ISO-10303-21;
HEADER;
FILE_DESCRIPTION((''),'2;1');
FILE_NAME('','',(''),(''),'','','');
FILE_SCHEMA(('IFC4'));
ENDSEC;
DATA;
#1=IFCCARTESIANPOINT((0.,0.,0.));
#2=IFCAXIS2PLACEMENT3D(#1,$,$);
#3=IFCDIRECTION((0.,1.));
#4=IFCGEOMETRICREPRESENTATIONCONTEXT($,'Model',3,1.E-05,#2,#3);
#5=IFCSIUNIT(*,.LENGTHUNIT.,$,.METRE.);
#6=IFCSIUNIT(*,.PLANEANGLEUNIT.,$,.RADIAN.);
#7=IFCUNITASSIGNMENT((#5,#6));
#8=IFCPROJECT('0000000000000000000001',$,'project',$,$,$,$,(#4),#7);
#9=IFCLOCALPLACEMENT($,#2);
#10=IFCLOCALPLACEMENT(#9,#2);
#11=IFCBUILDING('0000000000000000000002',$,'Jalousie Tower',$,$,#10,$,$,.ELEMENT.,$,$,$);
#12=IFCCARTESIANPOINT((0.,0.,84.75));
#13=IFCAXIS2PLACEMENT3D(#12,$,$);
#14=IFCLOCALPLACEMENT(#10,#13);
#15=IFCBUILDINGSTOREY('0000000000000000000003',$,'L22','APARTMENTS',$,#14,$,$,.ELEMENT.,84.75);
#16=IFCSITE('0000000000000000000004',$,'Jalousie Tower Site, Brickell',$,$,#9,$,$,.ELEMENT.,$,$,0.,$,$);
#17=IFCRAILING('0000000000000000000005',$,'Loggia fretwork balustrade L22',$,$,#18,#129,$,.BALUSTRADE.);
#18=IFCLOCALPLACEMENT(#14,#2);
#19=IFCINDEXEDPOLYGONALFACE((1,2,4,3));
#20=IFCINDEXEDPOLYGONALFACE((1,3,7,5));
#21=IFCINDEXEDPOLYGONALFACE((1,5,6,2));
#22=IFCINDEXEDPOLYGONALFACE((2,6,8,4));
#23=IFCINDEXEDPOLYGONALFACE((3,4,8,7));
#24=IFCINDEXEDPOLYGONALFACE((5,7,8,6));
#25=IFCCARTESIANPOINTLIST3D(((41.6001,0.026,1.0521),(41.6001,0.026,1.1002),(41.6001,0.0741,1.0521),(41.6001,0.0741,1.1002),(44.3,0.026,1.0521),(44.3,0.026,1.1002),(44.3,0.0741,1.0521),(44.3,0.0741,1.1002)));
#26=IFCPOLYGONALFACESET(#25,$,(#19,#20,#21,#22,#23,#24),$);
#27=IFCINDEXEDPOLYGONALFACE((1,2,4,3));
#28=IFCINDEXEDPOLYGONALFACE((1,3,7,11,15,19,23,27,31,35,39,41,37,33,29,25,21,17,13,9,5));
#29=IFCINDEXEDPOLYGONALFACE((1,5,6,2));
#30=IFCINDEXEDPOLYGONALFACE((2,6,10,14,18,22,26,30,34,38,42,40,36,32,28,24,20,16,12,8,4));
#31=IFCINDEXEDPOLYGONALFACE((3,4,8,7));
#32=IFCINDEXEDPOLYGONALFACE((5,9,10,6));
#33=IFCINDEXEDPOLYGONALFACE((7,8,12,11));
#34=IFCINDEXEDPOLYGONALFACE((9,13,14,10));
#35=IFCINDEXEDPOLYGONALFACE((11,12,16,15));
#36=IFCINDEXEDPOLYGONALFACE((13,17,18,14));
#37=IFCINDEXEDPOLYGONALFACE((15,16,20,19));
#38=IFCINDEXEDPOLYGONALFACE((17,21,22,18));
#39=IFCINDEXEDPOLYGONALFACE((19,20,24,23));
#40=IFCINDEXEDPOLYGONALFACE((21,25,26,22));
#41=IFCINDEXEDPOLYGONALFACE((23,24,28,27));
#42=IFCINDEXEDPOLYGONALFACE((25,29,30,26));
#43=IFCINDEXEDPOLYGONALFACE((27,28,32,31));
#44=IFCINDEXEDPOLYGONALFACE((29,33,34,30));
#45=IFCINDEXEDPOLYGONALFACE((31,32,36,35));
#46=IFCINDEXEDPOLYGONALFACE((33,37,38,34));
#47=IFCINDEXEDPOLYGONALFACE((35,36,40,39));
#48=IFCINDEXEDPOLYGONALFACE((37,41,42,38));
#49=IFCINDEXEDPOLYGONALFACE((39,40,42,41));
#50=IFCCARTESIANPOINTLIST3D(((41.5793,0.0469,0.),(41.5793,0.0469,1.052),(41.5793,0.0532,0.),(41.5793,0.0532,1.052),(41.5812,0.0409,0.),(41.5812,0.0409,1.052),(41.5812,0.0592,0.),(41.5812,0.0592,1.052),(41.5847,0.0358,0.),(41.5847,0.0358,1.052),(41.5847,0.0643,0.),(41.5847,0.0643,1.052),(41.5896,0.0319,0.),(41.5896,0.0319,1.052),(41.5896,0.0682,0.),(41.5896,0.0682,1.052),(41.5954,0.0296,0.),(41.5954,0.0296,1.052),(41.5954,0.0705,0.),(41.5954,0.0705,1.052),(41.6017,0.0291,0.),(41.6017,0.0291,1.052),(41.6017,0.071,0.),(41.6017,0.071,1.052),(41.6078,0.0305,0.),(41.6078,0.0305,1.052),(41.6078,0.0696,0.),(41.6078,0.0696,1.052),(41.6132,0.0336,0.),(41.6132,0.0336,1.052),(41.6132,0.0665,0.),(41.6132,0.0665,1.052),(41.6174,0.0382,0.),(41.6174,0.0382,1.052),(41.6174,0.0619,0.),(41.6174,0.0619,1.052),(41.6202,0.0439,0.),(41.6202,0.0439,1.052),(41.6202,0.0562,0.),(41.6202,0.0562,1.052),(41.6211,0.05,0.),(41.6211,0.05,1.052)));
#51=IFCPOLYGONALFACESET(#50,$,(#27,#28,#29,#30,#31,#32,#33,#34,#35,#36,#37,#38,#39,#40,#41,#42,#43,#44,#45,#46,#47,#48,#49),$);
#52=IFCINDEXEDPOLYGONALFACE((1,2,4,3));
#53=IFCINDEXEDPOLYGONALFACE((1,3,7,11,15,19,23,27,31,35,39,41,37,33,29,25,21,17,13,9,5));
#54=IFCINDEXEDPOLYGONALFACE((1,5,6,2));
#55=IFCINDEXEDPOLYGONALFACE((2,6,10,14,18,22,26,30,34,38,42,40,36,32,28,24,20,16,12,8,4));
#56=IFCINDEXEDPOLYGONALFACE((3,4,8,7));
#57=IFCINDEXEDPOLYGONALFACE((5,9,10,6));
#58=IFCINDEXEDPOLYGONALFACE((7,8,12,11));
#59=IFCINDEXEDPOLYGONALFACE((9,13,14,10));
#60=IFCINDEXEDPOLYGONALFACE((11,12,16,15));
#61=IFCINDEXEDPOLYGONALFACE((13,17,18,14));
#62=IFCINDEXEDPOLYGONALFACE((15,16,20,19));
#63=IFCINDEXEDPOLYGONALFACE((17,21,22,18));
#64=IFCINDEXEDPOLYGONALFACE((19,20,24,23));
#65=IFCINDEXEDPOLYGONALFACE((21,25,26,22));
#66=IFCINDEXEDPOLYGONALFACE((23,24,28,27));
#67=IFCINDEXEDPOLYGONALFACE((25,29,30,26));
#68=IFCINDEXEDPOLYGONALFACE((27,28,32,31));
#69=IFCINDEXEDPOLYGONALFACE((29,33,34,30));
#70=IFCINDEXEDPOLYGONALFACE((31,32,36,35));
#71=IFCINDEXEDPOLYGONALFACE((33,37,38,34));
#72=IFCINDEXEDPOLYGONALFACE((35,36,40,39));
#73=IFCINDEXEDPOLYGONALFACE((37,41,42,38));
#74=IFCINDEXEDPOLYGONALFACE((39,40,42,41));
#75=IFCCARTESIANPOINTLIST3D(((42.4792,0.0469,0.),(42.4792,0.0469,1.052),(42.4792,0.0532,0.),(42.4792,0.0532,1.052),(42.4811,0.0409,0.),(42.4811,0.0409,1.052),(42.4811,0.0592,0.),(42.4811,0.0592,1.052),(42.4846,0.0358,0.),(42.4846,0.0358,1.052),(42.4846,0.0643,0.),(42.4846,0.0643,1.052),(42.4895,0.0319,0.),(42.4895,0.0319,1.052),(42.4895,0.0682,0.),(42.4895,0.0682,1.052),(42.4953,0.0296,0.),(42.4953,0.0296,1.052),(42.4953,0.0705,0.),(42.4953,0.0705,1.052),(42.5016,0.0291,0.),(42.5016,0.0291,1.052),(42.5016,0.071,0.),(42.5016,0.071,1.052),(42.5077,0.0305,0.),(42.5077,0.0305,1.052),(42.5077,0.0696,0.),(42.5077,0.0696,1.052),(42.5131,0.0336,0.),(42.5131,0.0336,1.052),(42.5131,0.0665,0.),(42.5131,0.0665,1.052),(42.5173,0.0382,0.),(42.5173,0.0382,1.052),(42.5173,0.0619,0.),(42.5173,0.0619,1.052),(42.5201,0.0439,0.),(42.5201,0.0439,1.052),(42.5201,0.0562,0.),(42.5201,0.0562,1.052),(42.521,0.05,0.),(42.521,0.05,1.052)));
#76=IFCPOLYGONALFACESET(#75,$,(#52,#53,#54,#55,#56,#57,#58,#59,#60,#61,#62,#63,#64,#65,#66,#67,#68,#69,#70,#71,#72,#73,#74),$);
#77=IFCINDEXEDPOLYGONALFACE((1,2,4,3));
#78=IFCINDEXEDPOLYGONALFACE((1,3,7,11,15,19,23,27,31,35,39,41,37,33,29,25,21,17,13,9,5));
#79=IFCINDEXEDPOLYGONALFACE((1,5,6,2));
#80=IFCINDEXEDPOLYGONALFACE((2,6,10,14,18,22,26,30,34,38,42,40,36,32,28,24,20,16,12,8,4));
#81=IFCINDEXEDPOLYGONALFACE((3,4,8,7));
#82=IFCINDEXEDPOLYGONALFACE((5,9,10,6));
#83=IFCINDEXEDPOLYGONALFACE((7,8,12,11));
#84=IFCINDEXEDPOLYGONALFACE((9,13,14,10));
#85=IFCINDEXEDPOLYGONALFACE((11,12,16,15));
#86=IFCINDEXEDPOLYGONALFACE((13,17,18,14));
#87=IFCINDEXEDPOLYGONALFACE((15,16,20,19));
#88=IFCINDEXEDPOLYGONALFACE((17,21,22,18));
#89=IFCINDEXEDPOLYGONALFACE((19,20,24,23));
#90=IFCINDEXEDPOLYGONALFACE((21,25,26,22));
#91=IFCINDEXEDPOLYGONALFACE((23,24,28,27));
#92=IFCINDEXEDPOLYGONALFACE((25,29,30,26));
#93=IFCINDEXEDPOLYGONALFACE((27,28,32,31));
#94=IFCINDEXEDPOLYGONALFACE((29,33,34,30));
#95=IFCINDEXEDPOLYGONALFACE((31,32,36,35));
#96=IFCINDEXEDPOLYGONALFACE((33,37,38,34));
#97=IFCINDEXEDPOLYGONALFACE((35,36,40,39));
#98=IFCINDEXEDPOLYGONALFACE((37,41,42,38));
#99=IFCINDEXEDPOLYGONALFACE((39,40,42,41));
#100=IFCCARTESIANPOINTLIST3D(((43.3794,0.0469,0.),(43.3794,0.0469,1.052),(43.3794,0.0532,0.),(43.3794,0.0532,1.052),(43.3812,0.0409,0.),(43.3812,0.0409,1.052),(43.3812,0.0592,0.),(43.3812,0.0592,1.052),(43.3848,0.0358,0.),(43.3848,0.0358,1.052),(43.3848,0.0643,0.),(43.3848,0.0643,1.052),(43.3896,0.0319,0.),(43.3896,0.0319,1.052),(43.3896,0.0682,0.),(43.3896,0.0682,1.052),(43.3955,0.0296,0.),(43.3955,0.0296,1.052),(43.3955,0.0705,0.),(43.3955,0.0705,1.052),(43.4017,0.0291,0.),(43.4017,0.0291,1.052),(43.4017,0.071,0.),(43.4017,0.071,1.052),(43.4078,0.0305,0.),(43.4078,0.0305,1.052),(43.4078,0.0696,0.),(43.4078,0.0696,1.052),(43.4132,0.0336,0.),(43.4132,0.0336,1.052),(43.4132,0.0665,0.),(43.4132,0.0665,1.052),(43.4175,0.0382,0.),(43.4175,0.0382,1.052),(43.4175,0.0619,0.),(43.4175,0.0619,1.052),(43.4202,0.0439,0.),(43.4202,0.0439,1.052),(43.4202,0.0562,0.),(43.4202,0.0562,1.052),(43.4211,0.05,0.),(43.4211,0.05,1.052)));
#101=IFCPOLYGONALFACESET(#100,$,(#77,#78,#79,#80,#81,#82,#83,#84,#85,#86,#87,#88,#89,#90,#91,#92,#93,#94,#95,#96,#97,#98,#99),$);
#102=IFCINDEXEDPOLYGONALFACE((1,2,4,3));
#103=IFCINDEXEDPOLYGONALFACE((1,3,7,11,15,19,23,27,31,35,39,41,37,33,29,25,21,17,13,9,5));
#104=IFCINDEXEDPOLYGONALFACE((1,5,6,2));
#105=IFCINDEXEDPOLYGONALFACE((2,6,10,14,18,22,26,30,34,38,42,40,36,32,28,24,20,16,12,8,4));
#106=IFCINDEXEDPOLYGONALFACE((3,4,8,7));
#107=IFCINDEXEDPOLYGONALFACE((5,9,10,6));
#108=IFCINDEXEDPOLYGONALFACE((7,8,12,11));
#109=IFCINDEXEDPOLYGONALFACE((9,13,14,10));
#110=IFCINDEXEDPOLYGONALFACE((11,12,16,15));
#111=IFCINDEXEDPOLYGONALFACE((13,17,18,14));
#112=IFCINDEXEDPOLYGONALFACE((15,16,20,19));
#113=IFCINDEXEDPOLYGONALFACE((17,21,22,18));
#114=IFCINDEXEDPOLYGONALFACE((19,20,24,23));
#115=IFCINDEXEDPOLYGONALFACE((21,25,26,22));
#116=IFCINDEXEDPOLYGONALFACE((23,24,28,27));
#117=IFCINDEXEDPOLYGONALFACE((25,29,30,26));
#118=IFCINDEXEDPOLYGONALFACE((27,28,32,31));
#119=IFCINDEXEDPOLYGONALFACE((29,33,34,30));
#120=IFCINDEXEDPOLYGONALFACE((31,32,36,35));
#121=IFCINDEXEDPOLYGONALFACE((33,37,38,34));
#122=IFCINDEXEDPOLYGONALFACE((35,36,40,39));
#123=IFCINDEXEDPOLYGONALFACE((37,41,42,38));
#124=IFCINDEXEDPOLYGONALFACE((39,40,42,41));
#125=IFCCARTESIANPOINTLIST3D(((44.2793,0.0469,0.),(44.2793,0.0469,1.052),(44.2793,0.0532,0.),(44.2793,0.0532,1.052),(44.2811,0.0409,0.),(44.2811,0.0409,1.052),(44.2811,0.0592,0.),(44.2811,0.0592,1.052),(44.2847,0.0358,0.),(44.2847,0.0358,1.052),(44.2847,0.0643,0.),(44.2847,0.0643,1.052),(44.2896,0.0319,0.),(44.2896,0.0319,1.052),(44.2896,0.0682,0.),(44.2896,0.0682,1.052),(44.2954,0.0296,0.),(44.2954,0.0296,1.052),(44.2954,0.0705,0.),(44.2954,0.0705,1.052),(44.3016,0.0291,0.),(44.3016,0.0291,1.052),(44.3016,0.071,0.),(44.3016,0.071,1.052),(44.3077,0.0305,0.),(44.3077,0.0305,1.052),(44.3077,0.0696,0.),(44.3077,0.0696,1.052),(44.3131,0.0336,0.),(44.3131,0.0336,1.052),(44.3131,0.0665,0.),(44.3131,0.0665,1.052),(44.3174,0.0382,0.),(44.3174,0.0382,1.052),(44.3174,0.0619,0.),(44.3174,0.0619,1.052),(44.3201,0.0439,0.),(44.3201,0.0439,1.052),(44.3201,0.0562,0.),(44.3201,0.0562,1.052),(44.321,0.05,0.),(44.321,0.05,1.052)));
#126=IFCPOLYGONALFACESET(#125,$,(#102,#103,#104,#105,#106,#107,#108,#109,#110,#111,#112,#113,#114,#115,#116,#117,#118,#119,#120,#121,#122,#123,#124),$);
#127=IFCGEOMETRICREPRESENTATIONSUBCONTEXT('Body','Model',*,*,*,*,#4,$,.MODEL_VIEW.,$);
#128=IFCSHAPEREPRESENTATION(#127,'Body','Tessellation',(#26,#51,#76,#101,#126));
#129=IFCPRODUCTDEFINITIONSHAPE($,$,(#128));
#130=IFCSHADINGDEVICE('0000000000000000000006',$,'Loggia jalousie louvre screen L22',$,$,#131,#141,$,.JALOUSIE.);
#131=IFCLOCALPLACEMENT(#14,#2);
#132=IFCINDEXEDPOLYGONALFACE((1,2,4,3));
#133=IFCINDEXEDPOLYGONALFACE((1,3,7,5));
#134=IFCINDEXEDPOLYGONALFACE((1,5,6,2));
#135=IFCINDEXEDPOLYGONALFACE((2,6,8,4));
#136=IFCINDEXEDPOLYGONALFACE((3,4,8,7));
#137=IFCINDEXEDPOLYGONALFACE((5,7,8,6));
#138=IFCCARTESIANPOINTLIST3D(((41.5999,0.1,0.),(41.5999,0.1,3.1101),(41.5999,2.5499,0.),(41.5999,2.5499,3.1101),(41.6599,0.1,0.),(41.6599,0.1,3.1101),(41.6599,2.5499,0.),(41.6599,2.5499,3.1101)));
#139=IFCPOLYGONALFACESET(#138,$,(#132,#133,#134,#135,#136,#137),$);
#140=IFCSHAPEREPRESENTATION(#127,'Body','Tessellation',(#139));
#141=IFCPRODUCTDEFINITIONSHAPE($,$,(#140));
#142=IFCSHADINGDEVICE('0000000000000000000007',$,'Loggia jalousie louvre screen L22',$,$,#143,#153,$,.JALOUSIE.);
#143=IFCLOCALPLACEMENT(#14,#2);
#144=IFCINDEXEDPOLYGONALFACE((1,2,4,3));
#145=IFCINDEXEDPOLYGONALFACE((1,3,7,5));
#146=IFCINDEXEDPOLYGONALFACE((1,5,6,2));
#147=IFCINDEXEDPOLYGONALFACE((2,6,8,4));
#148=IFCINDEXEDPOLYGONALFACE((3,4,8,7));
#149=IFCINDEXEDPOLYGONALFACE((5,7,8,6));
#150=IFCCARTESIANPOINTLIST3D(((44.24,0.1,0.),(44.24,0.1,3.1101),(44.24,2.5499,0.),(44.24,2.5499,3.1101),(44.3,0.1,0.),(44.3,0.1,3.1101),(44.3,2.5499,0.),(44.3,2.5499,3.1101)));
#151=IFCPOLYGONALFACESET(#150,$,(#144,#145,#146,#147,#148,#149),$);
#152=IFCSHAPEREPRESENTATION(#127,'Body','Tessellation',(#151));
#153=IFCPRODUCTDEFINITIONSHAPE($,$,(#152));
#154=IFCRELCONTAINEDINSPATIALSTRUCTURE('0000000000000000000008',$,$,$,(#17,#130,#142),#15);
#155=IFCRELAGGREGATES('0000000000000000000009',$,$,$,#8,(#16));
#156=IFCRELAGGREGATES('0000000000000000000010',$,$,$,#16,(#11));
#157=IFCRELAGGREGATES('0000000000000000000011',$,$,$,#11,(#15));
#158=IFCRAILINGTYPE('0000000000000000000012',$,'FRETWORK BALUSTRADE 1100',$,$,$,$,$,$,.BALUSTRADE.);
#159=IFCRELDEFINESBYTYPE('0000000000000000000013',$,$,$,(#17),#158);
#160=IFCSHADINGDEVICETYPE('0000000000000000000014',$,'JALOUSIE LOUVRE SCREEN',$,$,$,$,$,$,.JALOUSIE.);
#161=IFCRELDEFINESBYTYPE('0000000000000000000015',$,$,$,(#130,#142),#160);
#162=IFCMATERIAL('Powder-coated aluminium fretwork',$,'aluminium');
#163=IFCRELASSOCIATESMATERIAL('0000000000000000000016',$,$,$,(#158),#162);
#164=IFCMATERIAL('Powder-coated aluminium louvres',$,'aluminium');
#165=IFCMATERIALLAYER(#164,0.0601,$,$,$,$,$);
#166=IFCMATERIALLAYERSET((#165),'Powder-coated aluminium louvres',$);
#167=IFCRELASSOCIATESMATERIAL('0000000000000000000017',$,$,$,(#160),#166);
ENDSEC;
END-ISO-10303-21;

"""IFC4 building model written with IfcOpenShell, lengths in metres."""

from ifc_helpers import new_model, si_unit, direction, frame, origin, origin_2d, place, context, subcontext, project, spatial, rectangle, circle, extrude, material, layer, layer_set, type_object, element, save


model = new_model("IFC4")

# Units and contexts
model_context = context("Model", 3, precision=1e-05, world=origin(), true_north=direction((0.0, 1.0)))
body_context = subcontext(model_context, "Body", "Model", "MODEL_VIEW")
ifc_project = project(units=[si_unit("LENGTHUNIT", "METRE"), si_unit("PLANEANGLEUNIT", "RADIAN")], contexts=[model_context])

# Site, building, storey
site_placement = place(None, origin())
site = spatial("IfcSite", under=ifc_project, at=site_placement, Name="Jalousie Tower Site, Brickell", CompositionType="ELEMENT", RefElevation=0.0)
building_placement = place(site_placement, origin())
building = spatial("IfcBuilding", under=site, at=building_placement, Name="Jalousie Tower", CompositionType="ELEMENT")
storey_placement = place(building_placement, frame((0.0, 0.0, 84.75)))
storey = spatial("IfcBuildingStorey", under=building, at=storey_placement, Name="L22", Description="APARTMENTS", CompositionType="ELEMENT", Elevation=84.75)

# Railing
ifc_material_1 = material(Name="Powder-coated aluminium fretwork", Category="aluminium")
railing_type = type_object("IfcRailingType", Name="FRETWORK BALUSTRADE 1100", PredefinedType="BALUSTRADE", material=ifc_material_1)
railing_placement = place(storey_placement, frame((41.6001, 0.05, 0.0)))
element("IfcRailing", 1, at=railing_placement, inside=storey, type_object=railing_type, Name="Loggia fretwork balustrade L22", PredefinedType="BALUSTRADE", context=body_context, shape_type="SweptSolid", body=[
    extrude(rectangle(XDim=0.0481, YDim=0.0481, at=origin_2d()), frame((0.0, 0.0, 1.0762), z_axis=(1.0, 0.0, 0.0), x_axis=(0.0, 1.0, 0.0)), (0.0, 0.0, 1.0), 2.7),
    extrude(circle(Radius=0.021, at=origin_2d()), origin(), (0.0, 0.0, 1.0), 1.052),
    extrude(circle(Radius=0.021, at=origin_2d()), frame((0.8999, 0.0, 0.0)), (0.0, 0.0, 1.0), 1.052),
    extrude(circle(Radius=0.021, at=origin_2d()), frame((1.8, 0.0, 0.0)), (0.0, 0.0, 1.0), 1.052),
    extrude(circle(Radius=0.021, at=origin_2d()), frame((2.7, 0.0, 0.0)), (0.0, 0.0, 1.0), 1.052),
])

# Shading devices
ifc_material_2 = material(Name="Powder-coated aluminium louvres", Category="aluminium")
ifc_layer_1 = layer(ifc_material_2, 0.0601)
ifc_layer_set_1 = layer_set([ifc_layer_1], Name="Powder-coated aluminium louvres")
shading_device_type_1 = type_object("IfcShadingDeviceType", Name="JALOUSIE LOUVRE SCREEN", PredefinedType="JALOUSIE", material=ifc_layer_set_1)
for number, where, z_axis, x_axis, name in (
    (2, (41.6299, 1.325, 0.0), (0.0, 0.0, 1.0), (1.0, 0.0, 0.0), "Loggia jalousie louvre screen L22"),
    (3, (44.27, 1.325, 0.0), (0.0, 0.0, 1.0), (1.0, 0.0, 0.0), "Loggia jalousie louvre screen L22"),
):
    element("IfcShadingDevice", number, at=place(storey_placement, frame(where, z_axis=z_axis, x_axis=x_axis)), inside=storey, type_object=shading_device_type_1, Name=name, PredefinedType="JALOUSIE", context=body_context, shape_type="SweptSolid", body=[
        extrude(rectangle(XDim=0.0601, YDim=2.45, at=origin_2d()), origin(), (0.0, 0.0, 1.0), 3.1101),
    ])

save(model, "model.ifc")
